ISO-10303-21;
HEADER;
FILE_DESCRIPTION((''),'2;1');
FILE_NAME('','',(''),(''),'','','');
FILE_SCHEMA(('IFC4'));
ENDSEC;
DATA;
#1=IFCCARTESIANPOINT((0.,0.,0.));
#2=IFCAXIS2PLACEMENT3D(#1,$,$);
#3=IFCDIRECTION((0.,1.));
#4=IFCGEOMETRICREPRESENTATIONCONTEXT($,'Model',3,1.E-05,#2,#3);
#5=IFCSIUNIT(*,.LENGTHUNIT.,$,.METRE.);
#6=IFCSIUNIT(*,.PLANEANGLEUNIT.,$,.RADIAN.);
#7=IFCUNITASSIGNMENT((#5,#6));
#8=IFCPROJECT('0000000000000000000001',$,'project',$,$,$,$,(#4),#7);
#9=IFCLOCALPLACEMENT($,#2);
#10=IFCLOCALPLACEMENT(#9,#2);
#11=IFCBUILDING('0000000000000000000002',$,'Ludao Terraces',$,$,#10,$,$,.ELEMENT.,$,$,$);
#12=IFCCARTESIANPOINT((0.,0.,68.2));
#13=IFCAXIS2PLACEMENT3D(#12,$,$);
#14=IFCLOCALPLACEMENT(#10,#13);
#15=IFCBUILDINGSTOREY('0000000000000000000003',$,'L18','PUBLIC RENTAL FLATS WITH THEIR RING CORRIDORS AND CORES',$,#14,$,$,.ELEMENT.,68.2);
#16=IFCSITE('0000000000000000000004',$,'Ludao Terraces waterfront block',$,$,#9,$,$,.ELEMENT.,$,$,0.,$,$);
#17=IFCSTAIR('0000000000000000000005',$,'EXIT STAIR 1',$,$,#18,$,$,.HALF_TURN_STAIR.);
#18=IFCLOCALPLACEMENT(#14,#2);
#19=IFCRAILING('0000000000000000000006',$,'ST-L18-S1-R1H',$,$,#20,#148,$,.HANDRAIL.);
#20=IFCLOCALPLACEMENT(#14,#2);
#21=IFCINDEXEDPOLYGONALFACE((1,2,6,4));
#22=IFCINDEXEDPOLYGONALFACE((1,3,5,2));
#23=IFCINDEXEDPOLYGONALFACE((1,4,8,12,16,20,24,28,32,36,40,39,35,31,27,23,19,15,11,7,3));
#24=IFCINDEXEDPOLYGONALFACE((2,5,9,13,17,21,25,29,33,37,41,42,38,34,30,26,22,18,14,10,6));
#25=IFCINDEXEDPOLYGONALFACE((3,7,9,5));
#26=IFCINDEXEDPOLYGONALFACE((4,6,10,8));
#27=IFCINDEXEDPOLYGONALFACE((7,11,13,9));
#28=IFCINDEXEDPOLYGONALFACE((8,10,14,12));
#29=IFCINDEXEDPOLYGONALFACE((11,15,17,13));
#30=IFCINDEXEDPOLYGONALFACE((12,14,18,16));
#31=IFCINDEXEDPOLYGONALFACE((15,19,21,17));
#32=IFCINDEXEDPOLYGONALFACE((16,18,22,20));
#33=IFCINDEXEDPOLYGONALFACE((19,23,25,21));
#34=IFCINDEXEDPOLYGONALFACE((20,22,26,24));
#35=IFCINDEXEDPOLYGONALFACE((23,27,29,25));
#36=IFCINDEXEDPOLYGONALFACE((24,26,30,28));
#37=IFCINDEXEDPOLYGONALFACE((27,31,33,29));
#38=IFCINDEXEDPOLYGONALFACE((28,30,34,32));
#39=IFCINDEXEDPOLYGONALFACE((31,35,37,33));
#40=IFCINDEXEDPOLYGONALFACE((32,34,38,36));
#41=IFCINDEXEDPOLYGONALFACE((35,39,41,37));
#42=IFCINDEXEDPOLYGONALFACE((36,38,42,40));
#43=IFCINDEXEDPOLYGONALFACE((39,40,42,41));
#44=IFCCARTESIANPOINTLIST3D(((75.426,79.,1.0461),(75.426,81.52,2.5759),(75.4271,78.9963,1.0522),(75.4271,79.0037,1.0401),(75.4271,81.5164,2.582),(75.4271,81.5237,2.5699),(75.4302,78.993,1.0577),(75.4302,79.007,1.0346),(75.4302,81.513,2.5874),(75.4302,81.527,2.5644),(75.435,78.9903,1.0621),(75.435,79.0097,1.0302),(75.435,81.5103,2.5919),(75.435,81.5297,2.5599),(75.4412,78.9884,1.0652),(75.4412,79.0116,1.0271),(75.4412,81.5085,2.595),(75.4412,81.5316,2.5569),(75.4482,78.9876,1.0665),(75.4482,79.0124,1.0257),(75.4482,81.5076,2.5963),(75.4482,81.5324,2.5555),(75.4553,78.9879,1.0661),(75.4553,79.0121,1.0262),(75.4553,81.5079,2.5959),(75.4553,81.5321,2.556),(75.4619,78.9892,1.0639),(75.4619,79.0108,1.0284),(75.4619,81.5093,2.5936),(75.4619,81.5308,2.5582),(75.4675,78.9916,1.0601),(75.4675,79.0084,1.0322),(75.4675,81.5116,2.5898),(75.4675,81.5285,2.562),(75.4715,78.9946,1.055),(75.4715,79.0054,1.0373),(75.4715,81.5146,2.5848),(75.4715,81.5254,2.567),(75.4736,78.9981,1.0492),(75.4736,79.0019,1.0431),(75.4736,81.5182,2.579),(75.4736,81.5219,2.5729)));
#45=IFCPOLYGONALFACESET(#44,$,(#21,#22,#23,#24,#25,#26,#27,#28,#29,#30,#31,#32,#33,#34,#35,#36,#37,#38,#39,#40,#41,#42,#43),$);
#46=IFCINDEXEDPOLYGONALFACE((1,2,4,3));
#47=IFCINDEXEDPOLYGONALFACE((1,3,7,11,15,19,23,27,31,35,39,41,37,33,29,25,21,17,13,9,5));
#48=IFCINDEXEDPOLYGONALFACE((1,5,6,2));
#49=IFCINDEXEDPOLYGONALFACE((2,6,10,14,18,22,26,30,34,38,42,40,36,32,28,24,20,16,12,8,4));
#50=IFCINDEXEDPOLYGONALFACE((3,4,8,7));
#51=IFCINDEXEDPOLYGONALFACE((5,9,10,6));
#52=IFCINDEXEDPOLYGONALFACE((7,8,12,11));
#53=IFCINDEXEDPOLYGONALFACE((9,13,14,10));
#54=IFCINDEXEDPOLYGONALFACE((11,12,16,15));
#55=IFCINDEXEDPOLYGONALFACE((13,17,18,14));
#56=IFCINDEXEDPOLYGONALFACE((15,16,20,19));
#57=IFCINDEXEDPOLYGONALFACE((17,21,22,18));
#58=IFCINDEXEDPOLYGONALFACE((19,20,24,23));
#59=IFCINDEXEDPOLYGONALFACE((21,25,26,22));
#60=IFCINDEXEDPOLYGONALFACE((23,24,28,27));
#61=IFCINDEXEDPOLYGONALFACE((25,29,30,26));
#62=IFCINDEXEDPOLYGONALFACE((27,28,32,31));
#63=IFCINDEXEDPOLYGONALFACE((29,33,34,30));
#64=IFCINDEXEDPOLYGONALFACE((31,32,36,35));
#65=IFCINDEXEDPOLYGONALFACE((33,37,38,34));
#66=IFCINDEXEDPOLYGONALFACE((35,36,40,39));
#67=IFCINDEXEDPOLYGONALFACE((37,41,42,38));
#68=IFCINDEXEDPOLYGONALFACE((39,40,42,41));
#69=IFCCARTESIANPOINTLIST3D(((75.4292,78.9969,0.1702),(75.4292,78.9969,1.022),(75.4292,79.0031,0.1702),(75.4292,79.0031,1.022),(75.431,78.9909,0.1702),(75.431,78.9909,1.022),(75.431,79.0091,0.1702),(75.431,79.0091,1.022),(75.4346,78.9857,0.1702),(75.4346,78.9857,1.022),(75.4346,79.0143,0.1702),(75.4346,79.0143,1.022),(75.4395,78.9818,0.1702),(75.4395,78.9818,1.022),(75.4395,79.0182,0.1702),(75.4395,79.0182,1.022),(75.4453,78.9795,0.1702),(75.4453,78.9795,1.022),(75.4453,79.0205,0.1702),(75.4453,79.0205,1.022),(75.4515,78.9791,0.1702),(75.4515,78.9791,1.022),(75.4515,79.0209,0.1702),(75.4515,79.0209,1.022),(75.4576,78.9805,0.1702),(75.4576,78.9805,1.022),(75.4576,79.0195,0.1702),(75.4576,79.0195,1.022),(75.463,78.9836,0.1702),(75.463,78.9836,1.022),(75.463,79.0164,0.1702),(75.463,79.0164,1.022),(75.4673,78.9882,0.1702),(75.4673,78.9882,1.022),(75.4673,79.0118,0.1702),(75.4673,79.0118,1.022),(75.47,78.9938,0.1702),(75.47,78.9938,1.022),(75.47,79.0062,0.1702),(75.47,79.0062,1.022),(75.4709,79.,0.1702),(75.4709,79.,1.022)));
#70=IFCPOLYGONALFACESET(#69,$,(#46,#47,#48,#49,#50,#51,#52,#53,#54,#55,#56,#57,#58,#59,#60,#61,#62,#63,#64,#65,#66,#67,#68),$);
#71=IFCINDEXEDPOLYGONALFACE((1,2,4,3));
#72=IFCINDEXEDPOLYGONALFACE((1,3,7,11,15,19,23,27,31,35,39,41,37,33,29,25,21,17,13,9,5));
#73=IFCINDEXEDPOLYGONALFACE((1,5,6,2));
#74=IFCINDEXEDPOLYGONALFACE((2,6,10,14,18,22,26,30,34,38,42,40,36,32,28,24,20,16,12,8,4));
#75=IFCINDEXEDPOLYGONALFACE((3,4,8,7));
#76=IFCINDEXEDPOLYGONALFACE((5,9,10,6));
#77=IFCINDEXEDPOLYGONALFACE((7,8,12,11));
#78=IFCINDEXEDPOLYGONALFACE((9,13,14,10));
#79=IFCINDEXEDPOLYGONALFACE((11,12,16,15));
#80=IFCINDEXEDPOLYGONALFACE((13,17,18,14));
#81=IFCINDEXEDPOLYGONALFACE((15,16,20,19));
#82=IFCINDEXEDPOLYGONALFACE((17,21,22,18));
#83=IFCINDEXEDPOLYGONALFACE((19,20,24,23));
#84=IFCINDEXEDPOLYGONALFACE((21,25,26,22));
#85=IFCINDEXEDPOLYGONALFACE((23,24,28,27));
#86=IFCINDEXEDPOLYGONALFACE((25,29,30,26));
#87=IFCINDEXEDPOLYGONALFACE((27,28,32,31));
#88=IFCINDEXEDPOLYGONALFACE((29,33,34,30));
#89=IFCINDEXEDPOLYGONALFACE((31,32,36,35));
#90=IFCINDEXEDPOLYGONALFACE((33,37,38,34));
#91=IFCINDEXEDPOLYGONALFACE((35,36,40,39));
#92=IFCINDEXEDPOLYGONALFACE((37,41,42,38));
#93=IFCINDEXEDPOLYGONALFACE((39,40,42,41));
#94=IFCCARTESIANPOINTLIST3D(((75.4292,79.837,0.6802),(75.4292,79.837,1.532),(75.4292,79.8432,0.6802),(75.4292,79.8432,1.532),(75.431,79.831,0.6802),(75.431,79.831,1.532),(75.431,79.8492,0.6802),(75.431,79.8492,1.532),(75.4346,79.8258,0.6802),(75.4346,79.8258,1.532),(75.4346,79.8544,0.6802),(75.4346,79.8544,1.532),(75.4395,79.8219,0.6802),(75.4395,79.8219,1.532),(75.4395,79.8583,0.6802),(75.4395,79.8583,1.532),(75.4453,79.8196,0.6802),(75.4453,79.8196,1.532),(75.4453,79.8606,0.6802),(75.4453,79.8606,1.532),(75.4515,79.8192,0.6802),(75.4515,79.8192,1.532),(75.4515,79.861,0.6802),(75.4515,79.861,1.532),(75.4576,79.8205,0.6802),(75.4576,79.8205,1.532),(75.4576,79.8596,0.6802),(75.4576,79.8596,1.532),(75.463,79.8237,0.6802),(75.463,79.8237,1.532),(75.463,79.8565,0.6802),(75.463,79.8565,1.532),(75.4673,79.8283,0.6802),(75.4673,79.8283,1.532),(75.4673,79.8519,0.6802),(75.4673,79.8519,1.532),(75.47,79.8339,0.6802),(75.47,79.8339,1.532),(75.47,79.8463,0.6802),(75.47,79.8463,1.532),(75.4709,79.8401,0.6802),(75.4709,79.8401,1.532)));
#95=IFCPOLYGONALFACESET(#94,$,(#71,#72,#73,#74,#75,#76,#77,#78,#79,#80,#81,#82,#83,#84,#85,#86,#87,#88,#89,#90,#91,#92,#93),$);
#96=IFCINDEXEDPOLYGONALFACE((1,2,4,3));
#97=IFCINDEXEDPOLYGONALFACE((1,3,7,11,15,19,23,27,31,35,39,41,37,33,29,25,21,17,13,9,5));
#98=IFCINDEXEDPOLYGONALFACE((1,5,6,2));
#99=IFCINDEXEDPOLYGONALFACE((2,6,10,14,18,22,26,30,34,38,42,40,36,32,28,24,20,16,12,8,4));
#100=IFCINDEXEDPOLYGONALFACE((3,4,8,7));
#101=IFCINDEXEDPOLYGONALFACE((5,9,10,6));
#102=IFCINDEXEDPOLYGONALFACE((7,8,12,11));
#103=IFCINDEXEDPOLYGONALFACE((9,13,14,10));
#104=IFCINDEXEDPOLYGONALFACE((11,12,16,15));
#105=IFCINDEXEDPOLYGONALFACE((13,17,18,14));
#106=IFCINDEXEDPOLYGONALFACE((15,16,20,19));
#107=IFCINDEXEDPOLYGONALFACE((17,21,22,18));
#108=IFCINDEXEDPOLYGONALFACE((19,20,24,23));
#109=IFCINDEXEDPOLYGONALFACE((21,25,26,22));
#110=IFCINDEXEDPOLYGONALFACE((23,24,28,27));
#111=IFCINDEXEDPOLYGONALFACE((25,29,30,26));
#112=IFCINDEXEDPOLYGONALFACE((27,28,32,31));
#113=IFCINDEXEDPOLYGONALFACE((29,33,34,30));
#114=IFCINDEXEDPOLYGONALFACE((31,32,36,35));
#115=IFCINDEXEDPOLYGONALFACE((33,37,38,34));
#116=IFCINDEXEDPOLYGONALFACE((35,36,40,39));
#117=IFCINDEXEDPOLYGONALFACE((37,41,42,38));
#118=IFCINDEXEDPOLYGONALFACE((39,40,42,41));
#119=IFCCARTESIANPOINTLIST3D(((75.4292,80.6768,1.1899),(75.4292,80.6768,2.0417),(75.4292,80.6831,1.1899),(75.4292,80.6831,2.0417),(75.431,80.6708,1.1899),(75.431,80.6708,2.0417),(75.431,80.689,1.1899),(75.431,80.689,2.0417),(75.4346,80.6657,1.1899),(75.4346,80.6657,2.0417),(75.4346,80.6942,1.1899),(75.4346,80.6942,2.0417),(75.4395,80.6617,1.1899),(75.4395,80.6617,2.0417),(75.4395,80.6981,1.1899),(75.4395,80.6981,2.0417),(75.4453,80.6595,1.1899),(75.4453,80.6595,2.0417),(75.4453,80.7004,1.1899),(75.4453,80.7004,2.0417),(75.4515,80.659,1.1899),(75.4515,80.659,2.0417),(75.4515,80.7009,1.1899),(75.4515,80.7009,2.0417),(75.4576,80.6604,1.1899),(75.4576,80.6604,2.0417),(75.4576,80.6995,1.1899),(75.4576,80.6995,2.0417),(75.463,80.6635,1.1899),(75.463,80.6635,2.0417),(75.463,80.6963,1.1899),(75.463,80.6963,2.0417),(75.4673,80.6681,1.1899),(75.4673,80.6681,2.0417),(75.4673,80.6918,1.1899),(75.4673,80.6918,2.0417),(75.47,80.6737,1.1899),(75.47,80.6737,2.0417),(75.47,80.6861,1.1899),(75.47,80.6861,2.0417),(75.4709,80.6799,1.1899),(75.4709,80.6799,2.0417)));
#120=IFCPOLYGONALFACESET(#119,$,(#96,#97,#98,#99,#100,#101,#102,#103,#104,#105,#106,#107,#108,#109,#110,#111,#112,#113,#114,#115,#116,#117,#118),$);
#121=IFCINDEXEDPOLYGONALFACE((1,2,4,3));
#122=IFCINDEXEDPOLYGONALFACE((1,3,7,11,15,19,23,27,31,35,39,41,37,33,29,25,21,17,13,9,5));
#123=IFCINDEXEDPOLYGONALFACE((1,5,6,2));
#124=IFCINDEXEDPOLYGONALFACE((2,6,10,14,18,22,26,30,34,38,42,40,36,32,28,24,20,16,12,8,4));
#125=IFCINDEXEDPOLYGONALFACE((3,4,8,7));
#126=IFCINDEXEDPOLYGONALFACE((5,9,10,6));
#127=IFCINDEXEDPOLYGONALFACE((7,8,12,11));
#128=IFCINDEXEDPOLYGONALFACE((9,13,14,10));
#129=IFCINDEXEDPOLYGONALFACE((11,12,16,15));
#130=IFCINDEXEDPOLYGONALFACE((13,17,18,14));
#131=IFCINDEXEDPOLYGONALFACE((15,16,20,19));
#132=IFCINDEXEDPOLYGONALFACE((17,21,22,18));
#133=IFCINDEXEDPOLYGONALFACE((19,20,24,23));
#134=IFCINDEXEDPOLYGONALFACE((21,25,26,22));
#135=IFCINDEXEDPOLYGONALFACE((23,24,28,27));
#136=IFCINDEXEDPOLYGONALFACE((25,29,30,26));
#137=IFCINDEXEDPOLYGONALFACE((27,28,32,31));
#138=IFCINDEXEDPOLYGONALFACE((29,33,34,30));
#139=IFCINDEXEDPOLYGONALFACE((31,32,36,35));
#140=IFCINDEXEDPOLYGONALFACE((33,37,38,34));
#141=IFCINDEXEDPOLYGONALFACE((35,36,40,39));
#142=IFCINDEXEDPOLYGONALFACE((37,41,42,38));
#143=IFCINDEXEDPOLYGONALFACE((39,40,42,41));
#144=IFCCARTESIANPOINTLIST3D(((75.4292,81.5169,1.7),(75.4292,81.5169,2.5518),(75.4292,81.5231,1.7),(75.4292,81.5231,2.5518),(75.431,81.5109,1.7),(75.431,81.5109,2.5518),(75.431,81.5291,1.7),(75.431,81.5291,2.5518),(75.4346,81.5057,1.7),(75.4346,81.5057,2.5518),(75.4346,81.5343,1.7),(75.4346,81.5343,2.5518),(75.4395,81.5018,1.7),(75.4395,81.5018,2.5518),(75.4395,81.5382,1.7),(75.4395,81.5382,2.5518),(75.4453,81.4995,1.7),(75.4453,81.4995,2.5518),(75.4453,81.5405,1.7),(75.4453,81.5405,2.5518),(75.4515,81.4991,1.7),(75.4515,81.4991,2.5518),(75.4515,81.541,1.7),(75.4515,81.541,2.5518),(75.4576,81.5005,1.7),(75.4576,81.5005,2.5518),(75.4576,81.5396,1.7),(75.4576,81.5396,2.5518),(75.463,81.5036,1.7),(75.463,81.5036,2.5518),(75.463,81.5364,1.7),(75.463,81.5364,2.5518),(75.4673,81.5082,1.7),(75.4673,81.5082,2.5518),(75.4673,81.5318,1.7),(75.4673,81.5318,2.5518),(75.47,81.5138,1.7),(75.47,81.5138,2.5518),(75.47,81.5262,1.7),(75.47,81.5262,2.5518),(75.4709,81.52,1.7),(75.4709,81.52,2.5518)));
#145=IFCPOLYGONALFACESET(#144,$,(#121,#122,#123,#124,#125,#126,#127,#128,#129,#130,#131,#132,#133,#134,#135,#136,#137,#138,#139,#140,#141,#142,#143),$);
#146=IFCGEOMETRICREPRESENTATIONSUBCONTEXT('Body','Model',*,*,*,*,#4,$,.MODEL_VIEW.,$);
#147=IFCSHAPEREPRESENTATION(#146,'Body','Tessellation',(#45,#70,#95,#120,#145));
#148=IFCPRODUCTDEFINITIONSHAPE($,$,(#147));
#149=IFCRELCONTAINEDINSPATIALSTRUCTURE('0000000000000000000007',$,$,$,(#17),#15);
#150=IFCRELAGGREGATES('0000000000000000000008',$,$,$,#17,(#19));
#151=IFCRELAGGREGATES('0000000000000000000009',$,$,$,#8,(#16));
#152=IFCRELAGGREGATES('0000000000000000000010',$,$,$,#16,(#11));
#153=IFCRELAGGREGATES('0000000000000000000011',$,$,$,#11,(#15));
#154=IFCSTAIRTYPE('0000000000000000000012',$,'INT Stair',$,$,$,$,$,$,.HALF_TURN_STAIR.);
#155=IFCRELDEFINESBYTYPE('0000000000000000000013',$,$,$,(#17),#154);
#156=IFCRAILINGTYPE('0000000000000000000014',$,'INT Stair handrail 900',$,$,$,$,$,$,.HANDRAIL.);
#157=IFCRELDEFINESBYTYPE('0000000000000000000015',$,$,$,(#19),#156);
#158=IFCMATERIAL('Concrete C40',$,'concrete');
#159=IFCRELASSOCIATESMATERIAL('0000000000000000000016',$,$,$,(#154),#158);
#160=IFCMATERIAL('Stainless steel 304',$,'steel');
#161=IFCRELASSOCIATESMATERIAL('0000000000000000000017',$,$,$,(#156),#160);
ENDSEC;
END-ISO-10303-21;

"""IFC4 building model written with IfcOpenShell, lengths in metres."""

from ifc_helpers import new_model, si_unit, direction, frame, origin, origin_2d, place, context, subcontext, project, spatial, circle, extrude, material, type_object, element, aggregate, save


model = new_model("IFC4")

# Units and contexts
model_context = context("Model", 3, precision=1e-05, world=origin(), true_north=direction((0.0, 1.0)))
body_context = subcontext(model_context, "Body", "Model", "MODEL_VIEW")
ifc_project = project(units=[si_unit("LENGTHUNIT", "METRE"), si_unit("PLANEANGLEUNIT", "RADIAN")], contexts=[model_context])

# Site, building, storey
site_placement = place(None, origin())
site = spatial("IfcSite", under=ifc_project, at=site_placement, Name="Ludao Terraces waterfront block", CompositionType="ELEMENT", RefElevation=0.0)
building_placement = place(site_placement, origin())
building = spatial("IfcBuilding", under=site, at=building_placement, Name="Ludao Terraces", CompositionType="ELEMENT")
storey_placement = place(building_placement, frame((0.0, 0.0, 68.2)))
storey = spatial("IfcBuildingStorey", under=building, at=storey_placement, Name="L18", Description="PUBLIC RENTAL FLATS WITH THEIR RING CORRIDORS AND CORES", CompositionType="ELEMENT", Elevation=68.2)

# Stair, railing
ifc_material_1 = material(Name="Concrete C40", Category="concrete")
stair_type = type_object("IfcStairType", Name="INT Stair", PredefinedType="HALF_TURN_STAIR", material=ifc_material_1)
stair_placement = place(storey_placement, origin())
stair = element("IfcStair", 1, at=stair_placement, inside=storey, type_object=stair_type, Name="EXIT STAIR 1", PredefinedType="HALF_TURN_STAIR")
ifc_material_2 = material(Name="Stainless steel 304", Category="steel")
railing_type_1 = type_object("IfcRailingType", Name="INT Stair handrail 900", PredefinedType="HANDRAIL", material=ifc_material_2)
railing_1_placement = place(storey_placement, frame((75.45, 79.0, 0.1702)))
railing_1 = element("IfcRailing", 2, at=railing_1_placement, type_object=railing_type_1, Name="ST-L18-S1-R1H", PredefinedType="HANDRAIL", context=body_context, shape_type="SweptSolid", body=[
    extrude(circle(Radius=0.0239, at=origin_2d()), frame((0.0, 0.0, 0.876), z_axis=(0.0, 0.854822, 0.518922), x_axis=(-1.0, 0.0, 0.0)), (0.0, 0.0, 1.0), 2.948),
    extrude(circle(Radius=0.021, at=origin_2d()), origin(), (0.0, 0.0, 1.0), 0.8518),
    extrude(circle(Radius=0.021, at=origin_2d()), frame((0.0, 0.8401, 0.51)), (0.0, 0.0, 1.0), 0.8518),
    extrude(circle(Radius=0.021, at=origin_2d()), frame((0.0, 1.6799, 1.0198)), (0.0, 0.0, 1.0), 0.8518),
    extrude(circle(Radius=0.021, at=origin_2d()), frame((0.0, 2.52, 1.5298)), (0.0, 0.0, 1.0), 0.8518),
])
aggregate(stair, [railing_1])

save(model, "model.ifc")
